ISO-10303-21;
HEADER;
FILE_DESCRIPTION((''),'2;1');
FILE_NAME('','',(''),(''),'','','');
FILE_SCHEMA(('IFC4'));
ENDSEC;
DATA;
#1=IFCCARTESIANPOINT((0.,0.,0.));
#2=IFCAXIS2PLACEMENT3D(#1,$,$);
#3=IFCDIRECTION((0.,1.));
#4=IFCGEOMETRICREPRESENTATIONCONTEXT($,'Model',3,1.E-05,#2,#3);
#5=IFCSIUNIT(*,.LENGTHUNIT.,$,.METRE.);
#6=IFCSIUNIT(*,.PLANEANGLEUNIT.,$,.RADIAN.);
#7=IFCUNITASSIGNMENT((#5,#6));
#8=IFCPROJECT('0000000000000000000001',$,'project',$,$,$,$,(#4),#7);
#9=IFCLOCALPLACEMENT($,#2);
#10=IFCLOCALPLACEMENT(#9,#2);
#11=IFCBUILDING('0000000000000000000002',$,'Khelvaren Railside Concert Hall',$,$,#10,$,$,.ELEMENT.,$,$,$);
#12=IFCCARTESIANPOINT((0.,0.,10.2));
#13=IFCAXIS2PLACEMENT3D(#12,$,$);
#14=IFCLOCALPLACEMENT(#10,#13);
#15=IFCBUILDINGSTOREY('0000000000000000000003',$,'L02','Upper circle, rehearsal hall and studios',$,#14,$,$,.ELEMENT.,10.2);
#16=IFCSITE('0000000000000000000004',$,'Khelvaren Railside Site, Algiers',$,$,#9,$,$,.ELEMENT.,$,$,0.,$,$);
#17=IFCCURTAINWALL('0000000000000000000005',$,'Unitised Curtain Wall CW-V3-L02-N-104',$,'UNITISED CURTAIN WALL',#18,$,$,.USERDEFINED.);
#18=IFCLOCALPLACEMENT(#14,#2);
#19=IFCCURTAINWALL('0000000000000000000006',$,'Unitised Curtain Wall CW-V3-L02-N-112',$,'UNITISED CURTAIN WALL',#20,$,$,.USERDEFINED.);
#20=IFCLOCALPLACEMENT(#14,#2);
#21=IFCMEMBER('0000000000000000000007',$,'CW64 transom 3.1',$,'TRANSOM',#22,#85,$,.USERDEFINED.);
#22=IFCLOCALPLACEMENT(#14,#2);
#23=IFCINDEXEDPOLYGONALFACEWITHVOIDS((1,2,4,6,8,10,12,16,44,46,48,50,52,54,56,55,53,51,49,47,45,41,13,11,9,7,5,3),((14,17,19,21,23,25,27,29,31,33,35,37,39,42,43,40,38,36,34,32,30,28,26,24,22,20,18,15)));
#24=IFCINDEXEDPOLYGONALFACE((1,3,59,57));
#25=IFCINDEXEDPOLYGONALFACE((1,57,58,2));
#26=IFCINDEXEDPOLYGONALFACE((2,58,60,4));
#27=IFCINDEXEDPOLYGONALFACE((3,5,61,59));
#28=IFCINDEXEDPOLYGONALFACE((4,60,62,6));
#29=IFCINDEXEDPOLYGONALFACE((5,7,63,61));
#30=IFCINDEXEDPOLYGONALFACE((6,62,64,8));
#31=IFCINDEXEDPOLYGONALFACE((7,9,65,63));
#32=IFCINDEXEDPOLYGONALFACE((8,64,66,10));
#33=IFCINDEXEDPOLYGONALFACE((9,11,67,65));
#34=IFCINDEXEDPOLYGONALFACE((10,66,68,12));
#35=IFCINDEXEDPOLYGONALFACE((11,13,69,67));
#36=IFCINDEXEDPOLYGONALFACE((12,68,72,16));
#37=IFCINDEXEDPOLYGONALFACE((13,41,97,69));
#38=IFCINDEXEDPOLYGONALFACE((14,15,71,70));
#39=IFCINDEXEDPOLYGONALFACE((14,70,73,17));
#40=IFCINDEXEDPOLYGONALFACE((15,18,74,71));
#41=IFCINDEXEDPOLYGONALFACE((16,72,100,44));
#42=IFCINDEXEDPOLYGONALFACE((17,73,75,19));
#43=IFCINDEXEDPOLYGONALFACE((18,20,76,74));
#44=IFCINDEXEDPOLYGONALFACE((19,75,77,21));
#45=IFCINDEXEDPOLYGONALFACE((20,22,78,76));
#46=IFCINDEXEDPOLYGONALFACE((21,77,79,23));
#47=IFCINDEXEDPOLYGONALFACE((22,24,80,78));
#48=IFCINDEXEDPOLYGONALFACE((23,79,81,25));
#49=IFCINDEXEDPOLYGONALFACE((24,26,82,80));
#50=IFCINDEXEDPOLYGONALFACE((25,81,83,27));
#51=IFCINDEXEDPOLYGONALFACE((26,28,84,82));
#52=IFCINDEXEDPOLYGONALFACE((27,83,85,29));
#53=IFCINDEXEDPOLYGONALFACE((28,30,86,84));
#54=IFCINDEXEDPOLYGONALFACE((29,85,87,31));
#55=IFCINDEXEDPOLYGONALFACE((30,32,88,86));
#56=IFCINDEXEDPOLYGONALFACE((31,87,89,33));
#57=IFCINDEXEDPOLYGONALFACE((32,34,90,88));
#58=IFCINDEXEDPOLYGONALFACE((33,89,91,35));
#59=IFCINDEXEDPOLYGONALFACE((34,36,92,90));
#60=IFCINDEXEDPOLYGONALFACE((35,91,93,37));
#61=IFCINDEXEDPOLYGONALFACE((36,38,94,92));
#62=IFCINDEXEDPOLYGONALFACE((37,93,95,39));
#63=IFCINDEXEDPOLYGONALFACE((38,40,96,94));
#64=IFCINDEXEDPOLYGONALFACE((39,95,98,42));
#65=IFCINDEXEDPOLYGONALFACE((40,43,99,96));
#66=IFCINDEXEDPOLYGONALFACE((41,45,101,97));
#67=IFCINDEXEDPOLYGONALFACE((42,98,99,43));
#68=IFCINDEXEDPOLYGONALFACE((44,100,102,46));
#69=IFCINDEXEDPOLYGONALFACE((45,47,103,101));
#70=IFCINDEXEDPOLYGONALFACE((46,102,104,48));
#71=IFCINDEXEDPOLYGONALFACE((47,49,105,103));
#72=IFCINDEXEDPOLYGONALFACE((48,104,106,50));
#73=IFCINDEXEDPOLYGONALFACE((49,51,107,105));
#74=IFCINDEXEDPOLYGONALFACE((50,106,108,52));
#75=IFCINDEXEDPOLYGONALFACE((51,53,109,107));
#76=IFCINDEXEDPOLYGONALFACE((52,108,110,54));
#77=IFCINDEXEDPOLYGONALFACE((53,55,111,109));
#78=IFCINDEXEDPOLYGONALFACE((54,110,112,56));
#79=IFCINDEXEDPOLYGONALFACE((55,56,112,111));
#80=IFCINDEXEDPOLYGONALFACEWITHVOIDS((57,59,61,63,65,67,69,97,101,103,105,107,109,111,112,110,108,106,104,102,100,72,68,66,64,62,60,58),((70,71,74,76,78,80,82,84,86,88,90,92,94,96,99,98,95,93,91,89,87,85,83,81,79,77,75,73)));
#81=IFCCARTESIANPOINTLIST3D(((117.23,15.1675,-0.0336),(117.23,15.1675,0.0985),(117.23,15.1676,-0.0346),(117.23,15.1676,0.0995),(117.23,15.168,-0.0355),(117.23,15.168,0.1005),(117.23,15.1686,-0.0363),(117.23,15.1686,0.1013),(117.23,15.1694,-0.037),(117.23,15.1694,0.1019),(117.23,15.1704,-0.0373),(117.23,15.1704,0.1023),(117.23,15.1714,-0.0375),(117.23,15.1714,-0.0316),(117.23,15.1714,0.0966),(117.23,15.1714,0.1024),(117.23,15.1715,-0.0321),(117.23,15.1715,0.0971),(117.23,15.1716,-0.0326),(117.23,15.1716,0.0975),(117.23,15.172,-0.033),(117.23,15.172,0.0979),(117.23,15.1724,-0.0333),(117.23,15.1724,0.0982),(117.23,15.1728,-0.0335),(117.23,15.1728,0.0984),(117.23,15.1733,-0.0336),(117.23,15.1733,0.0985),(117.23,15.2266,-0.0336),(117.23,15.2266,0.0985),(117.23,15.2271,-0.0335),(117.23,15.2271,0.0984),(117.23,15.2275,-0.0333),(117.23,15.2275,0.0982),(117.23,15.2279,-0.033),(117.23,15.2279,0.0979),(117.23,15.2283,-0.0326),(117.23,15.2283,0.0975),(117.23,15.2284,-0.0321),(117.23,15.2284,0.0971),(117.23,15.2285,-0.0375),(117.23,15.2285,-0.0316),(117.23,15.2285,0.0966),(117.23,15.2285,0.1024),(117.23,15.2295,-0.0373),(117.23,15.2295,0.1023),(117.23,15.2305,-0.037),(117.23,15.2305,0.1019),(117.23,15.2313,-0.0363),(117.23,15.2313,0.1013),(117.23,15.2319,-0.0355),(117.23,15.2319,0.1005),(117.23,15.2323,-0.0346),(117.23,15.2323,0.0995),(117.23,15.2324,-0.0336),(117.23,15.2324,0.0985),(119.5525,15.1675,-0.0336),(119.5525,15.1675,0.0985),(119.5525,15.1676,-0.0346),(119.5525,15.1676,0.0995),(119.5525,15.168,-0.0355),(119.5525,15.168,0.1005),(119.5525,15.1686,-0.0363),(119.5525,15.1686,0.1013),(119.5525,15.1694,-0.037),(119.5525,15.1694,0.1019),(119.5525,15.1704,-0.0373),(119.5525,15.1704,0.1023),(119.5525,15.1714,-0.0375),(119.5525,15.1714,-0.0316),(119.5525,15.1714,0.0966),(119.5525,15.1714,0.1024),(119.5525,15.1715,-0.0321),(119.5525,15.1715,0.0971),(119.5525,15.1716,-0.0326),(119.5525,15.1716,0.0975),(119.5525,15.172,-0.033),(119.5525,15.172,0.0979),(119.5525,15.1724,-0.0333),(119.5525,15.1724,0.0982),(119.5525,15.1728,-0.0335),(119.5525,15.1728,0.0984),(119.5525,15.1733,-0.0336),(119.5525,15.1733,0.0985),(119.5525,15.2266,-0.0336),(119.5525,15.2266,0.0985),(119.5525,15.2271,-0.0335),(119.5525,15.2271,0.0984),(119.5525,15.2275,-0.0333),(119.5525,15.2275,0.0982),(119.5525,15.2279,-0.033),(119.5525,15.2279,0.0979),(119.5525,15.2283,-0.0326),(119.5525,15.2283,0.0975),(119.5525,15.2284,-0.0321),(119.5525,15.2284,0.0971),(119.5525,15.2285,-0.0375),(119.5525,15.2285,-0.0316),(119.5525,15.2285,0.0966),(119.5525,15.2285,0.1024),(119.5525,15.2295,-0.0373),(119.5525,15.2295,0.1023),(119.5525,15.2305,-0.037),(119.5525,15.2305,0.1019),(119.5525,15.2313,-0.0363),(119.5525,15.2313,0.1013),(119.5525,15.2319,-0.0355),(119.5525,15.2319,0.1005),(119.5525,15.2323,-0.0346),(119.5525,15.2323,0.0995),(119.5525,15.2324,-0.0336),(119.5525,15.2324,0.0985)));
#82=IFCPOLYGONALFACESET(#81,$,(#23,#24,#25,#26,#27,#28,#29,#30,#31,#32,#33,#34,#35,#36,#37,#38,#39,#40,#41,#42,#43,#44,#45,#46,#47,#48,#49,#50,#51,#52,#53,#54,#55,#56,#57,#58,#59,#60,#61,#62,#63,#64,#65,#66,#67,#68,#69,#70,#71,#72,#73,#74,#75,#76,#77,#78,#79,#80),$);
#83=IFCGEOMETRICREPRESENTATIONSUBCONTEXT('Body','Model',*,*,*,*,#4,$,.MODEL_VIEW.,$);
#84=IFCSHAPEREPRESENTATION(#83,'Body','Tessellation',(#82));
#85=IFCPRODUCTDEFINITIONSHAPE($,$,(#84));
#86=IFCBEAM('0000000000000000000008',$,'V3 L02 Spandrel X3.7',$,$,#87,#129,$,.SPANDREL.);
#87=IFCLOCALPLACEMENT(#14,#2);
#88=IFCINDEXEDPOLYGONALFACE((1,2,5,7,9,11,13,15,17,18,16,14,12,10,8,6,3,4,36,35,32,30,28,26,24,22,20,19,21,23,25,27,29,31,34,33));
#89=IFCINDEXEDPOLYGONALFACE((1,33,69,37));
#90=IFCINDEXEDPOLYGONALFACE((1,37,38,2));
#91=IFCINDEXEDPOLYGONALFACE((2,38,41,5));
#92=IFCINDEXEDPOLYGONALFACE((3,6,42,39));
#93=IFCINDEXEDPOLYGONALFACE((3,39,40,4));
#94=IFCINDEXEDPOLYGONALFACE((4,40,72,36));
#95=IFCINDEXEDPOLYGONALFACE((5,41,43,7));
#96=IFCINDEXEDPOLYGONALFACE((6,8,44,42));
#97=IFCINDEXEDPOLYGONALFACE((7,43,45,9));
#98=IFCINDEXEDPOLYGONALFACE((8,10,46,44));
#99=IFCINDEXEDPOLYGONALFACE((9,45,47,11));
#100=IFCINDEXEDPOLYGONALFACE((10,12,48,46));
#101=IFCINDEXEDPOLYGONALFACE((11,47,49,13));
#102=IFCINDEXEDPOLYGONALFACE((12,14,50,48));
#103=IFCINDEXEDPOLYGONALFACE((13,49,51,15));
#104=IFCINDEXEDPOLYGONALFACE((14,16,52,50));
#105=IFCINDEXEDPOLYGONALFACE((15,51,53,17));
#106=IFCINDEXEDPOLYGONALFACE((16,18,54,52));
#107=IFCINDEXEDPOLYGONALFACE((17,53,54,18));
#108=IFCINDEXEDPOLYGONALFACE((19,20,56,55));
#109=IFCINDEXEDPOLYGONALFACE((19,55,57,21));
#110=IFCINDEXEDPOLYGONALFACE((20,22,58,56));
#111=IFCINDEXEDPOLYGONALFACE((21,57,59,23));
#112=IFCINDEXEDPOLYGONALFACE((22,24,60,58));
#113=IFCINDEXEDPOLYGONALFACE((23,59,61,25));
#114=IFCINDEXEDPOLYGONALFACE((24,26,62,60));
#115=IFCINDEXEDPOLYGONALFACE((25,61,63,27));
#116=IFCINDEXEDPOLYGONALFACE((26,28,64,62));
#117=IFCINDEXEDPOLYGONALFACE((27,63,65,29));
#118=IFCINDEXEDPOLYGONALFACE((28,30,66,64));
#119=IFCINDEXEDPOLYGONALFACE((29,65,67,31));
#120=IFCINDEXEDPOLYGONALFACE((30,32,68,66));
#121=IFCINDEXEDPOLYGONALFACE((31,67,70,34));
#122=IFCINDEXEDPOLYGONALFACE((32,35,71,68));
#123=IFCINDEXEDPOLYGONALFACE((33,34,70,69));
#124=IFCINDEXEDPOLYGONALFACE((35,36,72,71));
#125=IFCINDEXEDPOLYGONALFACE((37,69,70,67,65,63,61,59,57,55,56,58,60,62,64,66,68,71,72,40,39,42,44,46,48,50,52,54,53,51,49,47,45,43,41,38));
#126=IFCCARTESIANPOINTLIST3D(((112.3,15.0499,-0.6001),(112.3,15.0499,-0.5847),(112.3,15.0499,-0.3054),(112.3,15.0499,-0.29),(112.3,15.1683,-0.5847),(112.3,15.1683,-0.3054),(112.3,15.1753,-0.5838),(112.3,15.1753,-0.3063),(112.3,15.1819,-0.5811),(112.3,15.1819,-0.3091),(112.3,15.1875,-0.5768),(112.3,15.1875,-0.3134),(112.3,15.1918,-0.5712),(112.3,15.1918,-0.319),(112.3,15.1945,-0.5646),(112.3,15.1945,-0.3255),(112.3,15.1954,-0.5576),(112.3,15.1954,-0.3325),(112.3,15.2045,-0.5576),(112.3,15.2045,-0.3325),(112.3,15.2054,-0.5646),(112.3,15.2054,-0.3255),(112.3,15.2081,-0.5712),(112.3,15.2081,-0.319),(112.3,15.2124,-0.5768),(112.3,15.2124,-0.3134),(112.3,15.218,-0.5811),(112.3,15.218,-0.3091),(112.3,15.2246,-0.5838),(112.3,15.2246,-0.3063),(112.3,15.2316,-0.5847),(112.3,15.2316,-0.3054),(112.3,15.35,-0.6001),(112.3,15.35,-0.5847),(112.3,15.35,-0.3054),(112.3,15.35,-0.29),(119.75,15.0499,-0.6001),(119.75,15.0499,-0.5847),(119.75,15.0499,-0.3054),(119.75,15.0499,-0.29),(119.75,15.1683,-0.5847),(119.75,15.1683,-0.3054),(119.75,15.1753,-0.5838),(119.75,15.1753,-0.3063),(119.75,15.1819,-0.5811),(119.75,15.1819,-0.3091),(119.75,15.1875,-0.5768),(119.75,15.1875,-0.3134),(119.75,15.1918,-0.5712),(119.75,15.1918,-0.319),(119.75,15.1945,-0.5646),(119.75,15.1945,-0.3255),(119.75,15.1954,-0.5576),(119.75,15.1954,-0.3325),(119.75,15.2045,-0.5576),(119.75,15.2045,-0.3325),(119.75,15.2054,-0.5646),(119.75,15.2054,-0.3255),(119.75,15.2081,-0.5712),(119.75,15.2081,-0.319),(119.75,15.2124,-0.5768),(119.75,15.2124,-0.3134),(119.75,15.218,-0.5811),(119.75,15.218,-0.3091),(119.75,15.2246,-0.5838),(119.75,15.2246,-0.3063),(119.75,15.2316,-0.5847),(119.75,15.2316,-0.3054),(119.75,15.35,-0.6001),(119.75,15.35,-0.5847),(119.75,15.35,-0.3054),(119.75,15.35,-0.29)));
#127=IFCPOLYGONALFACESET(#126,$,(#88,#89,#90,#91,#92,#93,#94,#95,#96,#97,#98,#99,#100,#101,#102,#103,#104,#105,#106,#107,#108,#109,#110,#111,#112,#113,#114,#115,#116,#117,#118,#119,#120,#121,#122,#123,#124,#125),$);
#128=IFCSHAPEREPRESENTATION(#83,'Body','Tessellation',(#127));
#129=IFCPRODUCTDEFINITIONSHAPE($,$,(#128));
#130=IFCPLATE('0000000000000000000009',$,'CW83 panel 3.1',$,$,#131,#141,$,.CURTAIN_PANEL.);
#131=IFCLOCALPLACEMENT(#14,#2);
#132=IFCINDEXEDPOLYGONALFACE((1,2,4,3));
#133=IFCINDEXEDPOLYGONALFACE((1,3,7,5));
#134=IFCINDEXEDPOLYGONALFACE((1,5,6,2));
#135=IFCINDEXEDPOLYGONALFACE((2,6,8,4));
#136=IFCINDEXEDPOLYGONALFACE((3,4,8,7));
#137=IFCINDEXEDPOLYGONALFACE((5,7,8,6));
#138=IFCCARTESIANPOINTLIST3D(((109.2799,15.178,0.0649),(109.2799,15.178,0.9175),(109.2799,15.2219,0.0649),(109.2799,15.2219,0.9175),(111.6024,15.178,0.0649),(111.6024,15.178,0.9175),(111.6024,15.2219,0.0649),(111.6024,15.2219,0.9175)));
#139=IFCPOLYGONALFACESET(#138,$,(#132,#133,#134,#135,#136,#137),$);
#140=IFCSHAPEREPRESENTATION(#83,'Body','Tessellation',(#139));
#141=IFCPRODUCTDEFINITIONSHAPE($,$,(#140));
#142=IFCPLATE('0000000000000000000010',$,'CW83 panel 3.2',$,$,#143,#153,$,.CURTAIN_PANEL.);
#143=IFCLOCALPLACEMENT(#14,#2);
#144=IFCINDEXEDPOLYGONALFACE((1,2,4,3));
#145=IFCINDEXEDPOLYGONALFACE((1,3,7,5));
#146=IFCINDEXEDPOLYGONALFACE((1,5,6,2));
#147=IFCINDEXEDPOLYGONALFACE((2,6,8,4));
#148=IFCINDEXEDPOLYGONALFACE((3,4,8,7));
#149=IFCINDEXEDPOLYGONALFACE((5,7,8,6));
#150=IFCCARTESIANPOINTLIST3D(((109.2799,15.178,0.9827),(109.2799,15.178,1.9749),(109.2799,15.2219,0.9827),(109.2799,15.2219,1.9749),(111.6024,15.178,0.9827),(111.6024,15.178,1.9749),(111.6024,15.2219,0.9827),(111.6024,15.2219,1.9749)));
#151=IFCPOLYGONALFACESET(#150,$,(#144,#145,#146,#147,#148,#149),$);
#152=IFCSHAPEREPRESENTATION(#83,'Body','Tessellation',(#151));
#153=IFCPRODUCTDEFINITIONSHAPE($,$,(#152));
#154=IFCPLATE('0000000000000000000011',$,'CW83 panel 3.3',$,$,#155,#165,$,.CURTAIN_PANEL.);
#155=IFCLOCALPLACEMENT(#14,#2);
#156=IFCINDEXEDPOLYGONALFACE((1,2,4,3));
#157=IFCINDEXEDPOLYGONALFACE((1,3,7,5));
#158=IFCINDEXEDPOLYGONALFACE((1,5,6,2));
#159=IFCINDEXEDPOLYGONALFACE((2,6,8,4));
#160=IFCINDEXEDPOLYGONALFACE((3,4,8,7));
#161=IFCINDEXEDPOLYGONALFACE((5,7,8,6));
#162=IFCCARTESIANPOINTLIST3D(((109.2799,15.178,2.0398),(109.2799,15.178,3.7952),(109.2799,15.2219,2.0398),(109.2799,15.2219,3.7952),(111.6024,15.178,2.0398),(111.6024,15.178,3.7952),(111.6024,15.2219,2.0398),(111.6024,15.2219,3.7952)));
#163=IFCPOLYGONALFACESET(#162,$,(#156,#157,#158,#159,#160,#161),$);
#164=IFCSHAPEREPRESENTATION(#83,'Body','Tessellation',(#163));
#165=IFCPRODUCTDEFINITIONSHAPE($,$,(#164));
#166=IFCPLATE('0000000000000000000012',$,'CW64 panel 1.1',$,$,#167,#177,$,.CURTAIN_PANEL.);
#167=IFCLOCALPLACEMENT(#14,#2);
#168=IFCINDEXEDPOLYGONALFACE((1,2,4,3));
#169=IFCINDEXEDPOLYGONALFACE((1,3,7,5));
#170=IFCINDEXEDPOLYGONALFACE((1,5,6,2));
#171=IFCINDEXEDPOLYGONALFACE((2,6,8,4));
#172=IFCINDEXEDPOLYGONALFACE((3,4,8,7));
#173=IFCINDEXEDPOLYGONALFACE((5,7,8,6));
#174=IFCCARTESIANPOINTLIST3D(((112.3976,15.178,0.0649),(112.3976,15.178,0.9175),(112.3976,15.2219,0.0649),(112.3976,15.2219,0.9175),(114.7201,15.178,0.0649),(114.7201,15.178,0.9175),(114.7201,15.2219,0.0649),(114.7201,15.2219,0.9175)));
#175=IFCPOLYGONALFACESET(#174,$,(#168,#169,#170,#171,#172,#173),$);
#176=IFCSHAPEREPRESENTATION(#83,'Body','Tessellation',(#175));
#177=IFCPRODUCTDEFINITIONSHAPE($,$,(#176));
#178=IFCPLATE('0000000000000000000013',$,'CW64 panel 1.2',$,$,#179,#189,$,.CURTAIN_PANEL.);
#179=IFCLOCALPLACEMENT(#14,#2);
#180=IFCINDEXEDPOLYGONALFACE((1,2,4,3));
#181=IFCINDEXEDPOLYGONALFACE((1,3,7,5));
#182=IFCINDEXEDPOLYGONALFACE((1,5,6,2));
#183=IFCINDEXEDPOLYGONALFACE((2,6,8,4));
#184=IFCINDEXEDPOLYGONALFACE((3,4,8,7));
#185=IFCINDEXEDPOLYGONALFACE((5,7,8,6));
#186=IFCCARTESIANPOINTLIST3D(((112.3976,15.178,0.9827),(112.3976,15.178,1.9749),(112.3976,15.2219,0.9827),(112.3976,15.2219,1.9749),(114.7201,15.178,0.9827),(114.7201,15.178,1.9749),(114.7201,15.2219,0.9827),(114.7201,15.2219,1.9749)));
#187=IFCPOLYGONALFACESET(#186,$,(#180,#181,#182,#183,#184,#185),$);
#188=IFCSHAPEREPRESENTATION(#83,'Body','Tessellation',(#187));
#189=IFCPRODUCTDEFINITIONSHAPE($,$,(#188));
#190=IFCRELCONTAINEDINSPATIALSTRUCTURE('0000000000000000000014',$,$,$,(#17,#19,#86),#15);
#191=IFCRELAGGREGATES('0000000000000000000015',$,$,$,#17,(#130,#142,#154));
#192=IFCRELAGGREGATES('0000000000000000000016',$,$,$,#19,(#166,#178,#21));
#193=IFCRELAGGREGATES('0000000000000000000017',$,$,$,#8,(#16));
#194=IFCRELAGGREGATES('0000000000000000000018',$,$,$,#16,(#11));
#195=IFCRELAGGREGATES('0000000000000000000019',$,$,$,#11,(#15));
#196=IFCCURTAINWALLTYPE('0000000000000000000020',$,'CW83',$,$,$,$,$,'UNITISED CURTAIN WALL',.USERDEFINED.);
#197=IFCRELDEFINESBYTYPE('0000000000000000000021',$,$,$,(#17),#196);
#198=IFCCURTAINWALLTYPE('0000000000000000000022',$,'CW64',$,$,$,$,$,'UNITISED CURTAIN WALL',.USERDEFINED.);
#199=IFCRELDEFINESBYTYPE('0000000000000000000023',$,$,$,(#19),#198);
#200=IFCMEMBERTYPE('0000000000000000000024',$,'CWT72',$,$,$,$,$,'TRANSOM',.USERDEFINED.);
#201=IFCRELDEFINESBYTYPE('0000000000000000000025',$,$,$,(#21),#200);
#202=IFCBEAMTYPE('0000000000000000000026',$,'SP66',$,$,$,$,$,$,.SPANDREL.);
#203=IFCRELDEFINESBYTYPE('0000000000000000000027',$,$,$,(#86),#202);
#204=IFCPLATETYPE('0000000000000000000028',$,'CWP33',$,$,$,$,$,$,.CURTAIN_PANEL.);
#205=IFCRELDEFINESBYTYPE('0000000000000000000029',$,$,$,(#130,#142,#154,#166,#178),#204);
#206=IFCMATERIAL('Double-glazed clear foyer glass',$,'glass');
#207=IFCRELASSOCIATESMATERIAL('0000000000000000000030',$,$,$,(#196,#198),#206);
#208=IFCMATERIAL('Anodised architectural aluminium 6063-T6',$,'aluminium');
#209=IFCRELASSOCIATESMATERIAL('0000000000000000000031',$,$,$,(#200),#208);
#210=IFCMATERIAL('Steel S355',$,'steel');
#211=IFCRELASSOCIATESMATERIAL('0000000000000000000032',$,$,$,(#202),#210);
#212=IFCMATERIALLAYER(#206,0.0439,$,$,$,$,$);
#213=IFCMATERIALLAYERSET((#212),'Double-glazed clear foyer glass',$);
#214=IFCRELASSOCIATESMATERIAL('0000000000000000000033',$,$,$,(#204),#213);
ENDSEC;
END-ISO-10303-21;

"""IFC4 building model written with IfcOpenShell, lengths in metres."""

from ifc_helpers import new_model, si_unit, direction, frame, origin, origin_2d, place, context, subcontext, project, spatial, rectangle, hollow_rectangle, i_section, extrude, material, layer, layer_set, material_profile, profile_set, type_object, element, aggregate, save


model = new_model("IFC4")

# Units and contexts
model_context = context("Model", 3, precision=1e-05, world=origin(), true_north=direction((0.0, 1.0)))
body_context = subcontext(model_context, "Body", "Model", "MODEL_VIEW")
ifc_project = project(units=[si_unit("LENGTHUNIT", "METRE"), si_unit("PLANEANGLEUNIT", "RADIAN")], contexts=[model_context])

# Site, building, storey
site_placement = place(None, origin())
site = spatial("IfcSite", under=ifc_project, at=site_placement, Name="Khelvaren Railside Site, Algiers", CompositionType="ELEMENT", RefElevation=0.0)
building_placement = place(site_placement, origin())
building = spatial("IfcBuilding", under=site, at=building_placement, Name="Khelvaren Railside Concert Hall", CompositionType="ELEMENT")
storey_placement = place(building_placement, frame((0.0, 0.0, 10.2)))
storey = spatial("IfcBuildingStorey", under=building, at=storey_placement, Name="L02", Description="Upper circle, rehearsal hall and studios", CompositionType="ELEMENT", Elevation=10.2)

# Curtain wall
ifc_material_1 = material(Name="Double-glazed clear foyer glass", Category="glass")
curtain_wall_type_1 = type_object("IfcCurtainWallType", Name="CW83", ElementType="UNITISED CURTAIN WALL", PredefinedType="USERDEFINED", material=ifc_material_1)
curtain_wall_1_placement = place(storey_placement, origin())
curtain_wall_1 = element("IfcCurtainWall", 1, at=curtain_wall_1_placement, inside=storey, type_object=curtain_wall_type_1, Name="Unitised Curtain Wall CW-V3-L02-N-104", ObjectType="UNITISED CURTAIN WALL", PredefinedType="USERDEFINED")
ifc_material_2 = material(Name="Anodised architectural aluminium 6063-T6", Category="aluminium")

# Curtain wall
curtain_wall_type_2 = type_object("IfcCurtainWallType", Name="CW64", ElementType="UNITISED CURTAIN WALL", PredefinedType="USERDEFINED", material=ifc_material_1)
curtain_wall_2_placement = place(storey_placement, origin())
curtain_wall_2 = element("IfcCurtainWall", 2, at=curtain_wall_2_placement, inside=storey, type_object=curtain_wall_type_2, Name="Unitised Curtain Wall CW-V3-L02-N-112", ObjectType="UNITISED CURTAIN WALL", PredefinedType="USERDEFINED")

# Member
ifc_material_profile_1 = material_profile(ifc_material_2, hollow_rectangle(XDim=0.0649, YDim=0.1399, WallThickness=0.0039, InnerFilletRadius=0.002, OuterFilletRadius=0.0039, at=origin_2d()), Name="CWT 65x140x4")
ifc_profile_set_1 = profile_set([ifc_material_profile_1], Name="Anodised architectural aluminium 6063-T6")
member_type_1 = type_object("IfcMemberType", Name="CWT72", ElementType="TRANSOM", PredefinedType="USERDEFINED", material=ifc_profile_set_1)
member_1_placement = place(storey_placement, frame((117.23, 15.2, 0.0325), z_axis=(1.0, 0.0, 0.0), x_axis=(0.0, 1.0, 0.0)))
member_1 = element("IfcMember", 3, at=member_1_placement, type_object=member_type_1, Name="CW64 transom 3.1", ObjectType="TRANSOM", PredefinedType="USERDEFINED", context=body_context, shape_type="SweptSolid", body=[
    extrude(hollow_rectangle(XDim=0.0649, YDim=0.1399, WallThickness=0.0039, InnerFilletRadius=0.002, OuterFilletRadius=0.0039, at=origin_2d()), origin(), (0.0, 0.0, 1.0), 2.3225),
])

# Beam
ifc_material_3 = material(Name="Steel S355", Category="steel")
ifc_material_profile_2 = material_profile(ifc_material_3, i_section(OverallWidth=0.3, OverallDepth=0.3101, WebThickness=0.009, FlangeThickness=0.0154, FilletRadius=0.0271, at=origin_2d()), Name="HEA 320")
ifc_profile_set_2 = profile_set([ifc_material_profile_2], Name="Steel S355")
beam_type = type_object("IfcBeamType", Name="SP66", PredefinedType="SPANDREL", material=ifc_profile_set_2)
beam_placement = place(storey_placement, frame((112.3, 15.2, -0.4451), z_axis=(1.0, 0.0, 0.0), x_axis=(0.0, 1.0, 0.0)))
element("IfcBeam", 4, at=beam_placement, inside=storey, type_object=beam_type, Name="V3 L02 Spandrel X3.7", PredefinedType="SPANDREL", context=body_context, shape_type="SweptSolid", body=[
    extrude(i_section(OverallWidth=0.3, OverallDepth=0.3101, WebThickness=0.009, FlangeThickness=0.0154, FilletRadius=0.0271, at=origin_2d()), origin(), (0.0, 0.0, 1.0), 7.45),
])

# Plates
ifc_layer = layer(ifc_material_1, 0.0439)
ifc_layer_set = layer_set([ifc_layer], Name="Double-glazed clear foyer glass")
plate_type = type_object("IfcPlateType", Name="CWP33", PredefinedType="CURTAIN_PANEL", material=ifc_layer_set)
plate_1_placement = place(storey_placement, frame((110.4412, 15.2, 0.0649), z_axis=(0.0, 0.0, 1.0), x_axis=(1.0, 0.0, 0.0)))
plate_1 = element("IfcPlate", 5, at=plate_1_placement, type_object=plate_type, Name="CW83 panel 3.1", PredefinedType="CURTAIN_PANEL", context=body_context, shape_type="SweptSolid", body=[
    extrude(rectangle(XDim=2.3225, YDim=0.0439, at=origin_2d()), origin(), (0.0, 0.0, 1.0), 0.8525),
])
plate_2_placement = place(storey_placement, frame((110.4412, 15.2, 0.9827), z_axis=(0.0, 0.0, 1.0), x_axis=(1.0, 0.0, 0.0)))
plate_2 = element("IfcPlate", 6, at=plate_2_placement, type_object=plate_type, Name="CW83 panel 3.2", PredefinedType="CURTAIN_PANEL", context=body_context, shape_type="SweptSolid", body=[
    extrude(rectangle(XDim=2.3225, YDim=0.0439, at=origin_2d()), origin(), (0.0, 0.0, 1.0), 0.9922),
])
plate_3_placement = place(storey_placement, frame((110.4412, 15.2, 2.0398), z_axis=(0.0, 0.0, 1.0), x_axis=(1.0, 0.0, 0.0)))
plate_3 = element("IfcPlate", 7, at=plate_3_placement, type_object=plate_type, Name="CW83 panel 3.3", PredefinedType="CURTAIN_PANEL", context=body_context, shape_type="SweptSolid", body=[
    extrude(rectangle(XDim=2.3225, YDim=0.0439, at=origin_2d()), origin(), (0.0, 0.0, 1.0), 1.7554),
])
aggregate(curtain_wall_1, [plate_1, plate_2, plate_3])
plate_4_placement = place(storey_placement, frame((113.5588, 15.2, 0.0649), z_axis=(0.0, 0.0, 1.0), x_axis=(1.0, 0.0, 0.0)))
plate_4 = element("IfcPlate", 8, at=plate_4_placement, type_object=plate_type, Name="CW64 panel 1.1", PredefinedType="CURTAIN_PANEL", context=body_context, shape_type="SweptSolid", body=[
    extrude(rectangle(XDim=2.3225, YDim=0.0439, at=origin_2d()), origin(), (0.0, 0.0, 1.0), 0.8525),
])
plate_5_placement = place(storey_placement, frame((113.5588, 15.2, 0.9827), z_axis=(0.0, 0.0, 1.0), x_axis=(1.0, 0.0, 0.0)))
plate_5 = element("IfcPlate", 9, at=plate_5_placement, type_object=plate_type, Name="CW64 panel 1.2", PredefinedType="CURTAIN_PANEL", context=body_context, shape_type="SweptSolid", body=[
    extrude(rectangle(XDim=2.3225, YDim=0.0439, at=origin_2d()), origin(), (0.0, 0.0, 1.0), 0.9922),
])
aggregate(curtain_wall_2, [plate_4, plate_5, member_1])

save(model, "model.ifc")
